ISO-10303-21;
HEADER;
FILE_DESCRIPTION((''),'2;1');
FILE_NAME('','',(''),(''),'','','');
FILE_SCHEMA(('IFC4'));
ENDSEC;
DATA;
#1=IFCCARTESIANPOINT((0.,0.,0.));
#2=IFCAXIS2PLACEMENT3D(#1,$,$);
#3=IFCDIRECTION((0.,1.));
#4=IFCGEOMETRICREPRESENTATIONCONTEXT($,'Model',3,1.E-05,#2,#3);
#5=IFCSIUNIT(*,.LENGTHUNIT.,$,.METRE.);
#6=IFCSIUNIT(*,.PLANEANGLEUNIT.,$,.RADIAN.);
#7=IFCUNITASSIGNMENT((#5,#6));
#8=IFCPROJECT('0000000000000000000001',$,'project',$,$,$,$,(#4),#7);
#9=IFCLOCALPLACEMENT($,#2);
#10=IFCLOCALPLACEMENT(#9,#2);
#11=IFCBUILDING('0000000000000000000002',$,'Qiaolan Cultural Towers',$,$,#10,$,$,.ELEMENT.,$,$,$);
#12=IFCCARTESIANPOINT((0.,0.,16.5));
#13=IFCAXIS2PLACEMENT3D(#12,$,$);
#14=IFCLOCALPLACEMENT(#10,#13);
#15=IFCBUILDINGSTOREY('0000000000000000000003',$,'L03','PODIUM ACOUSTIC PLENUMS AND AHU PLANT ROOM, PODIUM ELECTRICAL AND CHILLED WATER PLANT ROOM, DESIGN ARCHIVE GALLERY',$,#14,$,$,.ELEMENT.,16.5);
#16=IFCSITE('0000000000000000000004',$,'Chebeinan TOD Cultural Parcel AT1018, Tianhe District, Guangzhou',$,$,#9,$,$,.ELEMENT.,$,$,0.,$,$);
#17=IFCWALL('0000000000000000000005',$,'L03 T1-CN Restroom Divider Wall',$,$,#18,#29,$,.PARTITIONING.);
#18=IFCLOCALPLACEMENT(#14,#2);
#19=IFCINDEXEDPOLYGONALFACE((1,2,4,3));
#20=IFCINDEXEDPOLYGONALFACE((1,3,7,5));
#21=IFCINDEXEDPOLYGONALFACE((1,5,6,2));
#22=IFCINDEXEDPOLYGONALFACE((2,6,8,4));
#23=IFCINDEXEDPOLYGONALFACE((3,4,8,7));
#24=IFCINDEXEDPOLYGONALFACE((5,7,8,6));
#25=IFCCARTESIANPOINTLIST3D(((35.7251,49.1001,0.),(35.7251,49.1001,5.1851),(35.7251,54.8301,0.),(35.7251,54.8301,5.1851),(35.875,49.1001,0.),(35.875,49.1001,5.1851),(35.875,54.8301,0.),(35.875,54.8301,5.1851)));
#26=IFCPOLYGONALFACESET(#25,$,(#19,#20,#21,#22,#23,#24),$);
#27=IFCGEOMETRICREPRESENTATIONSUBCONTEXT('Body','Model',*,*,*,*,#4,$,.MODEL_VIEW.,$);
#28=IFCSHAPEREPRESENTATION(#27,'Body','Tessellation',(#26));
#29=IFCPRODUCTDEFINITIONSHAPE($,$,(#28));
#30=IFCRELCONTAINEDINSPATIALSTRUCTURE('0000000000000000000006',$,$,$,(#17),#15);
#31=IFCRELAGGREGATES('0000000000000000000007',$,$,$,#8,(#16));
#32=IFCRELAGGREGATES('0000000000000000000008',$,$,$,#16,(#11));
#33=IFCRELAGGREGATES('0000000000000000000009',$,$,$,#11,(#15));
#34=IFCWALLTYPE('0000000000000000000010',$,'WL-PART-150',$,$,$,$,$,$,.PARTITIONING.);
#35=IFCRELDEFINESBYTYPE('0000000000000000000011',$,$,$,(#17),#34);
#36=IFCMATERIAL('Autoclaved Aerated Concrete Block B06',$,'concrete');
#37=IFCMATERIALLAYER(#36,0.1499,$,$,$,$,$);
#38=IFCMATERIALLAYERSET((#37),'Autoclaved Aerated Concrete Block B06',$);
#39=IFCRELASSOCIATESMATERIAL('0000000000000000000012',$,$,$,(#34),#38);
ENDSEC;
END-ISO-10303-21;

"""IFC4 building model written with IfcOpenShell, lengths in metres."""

from ifc_helpers import new_model, si_unit, direction, frame, frame_2d, origin, place, context, subcontext, project, spatial, rectangle, extrude, material, layer, layer_set, type_object, element, save


model = new_model("IFC4")

# Units and contexts
model_context = context("Model", 3, precision=1e-05, world=origin(), true_north=direction((0.0, 1.0)))
body_context = subcontext(model_context, "Body", "Model", "MODEL_VIEW")
ifc_project = project(units=[si_unit("LENGTHUNIT", "METRE"), si_unit("PLANEANGLEUNIT", "RADIAN")], contexts=[model_context])

# Site, building, storey
site_placement = place(None, origin())
site = spatial("IfcSite", under=ifc_project, at=site_placement, Name="Chebeinan TOD Cultural Parcel AT1018, Tianhe District, Guangzhou", CompositionType="ELEMENT", RefElevation=0.0)
building_placement = place(site_placement, origin())
building = spatial("IfcBuilding", under=site, at=building_placement, Name="Qiaolan Cultural Towers", CompositionType="ELEMENT")
storey_placement = place(building_placement, frame((0.0, 0.0, 16.5)))
storey = spatial("IfcBuildingStorey", under=building, at=storey_placement, Name="L03", Description="PODIUM ACOUSTIC PLENUMS AND AHU PLANT ROOM, PODIUM ELECTRICAL AND CHILLED WATER PLANT ROOM, DESIGN ARCHIVE GALLERY", CompositionType="ELEMENT", Elevation=16.5)

# Shared definitions
ifc_material_1 = material(Name="Autoclaved Aerated Concrete Block B06", Category="concrete")
ifc_layer_1 = layer(ifc_material_1, 0.1499)
ifc_layer_set_1 = layer_set([ifc_layer_1], Name="Autoclaved Aerated Concrete Block B06")
wall_type_1 = type_object("IfcWallType", Name="WL-PART-150", PredefinedType="PARTITIONING", material=ifc_layer_set_1)

# Wall
wall_1_placement = place(storey_placement, frame((35.8, 49.1001, 0.0), z_axis=(0.0, 0.0, 1.0), x_axis=(0.0, 1.0, 0.0)))
element("IfcWall", 1, at=wall_1_placement, inside=storey, type_object=wall_type_1, Name="L03 T1-CN Restroom Divider Wall", PredefinedType="PARTITIONING", context=body_context, shape_type="SweptSolid", body=[
    extrude(rectangle(XDim=5.73, YDim=0.1499, at=frame_2d((2.865, 0.0))), origin(), (0.0, 0.0, 1.0), 5.1851),
])

save(model, "model.ifc")
